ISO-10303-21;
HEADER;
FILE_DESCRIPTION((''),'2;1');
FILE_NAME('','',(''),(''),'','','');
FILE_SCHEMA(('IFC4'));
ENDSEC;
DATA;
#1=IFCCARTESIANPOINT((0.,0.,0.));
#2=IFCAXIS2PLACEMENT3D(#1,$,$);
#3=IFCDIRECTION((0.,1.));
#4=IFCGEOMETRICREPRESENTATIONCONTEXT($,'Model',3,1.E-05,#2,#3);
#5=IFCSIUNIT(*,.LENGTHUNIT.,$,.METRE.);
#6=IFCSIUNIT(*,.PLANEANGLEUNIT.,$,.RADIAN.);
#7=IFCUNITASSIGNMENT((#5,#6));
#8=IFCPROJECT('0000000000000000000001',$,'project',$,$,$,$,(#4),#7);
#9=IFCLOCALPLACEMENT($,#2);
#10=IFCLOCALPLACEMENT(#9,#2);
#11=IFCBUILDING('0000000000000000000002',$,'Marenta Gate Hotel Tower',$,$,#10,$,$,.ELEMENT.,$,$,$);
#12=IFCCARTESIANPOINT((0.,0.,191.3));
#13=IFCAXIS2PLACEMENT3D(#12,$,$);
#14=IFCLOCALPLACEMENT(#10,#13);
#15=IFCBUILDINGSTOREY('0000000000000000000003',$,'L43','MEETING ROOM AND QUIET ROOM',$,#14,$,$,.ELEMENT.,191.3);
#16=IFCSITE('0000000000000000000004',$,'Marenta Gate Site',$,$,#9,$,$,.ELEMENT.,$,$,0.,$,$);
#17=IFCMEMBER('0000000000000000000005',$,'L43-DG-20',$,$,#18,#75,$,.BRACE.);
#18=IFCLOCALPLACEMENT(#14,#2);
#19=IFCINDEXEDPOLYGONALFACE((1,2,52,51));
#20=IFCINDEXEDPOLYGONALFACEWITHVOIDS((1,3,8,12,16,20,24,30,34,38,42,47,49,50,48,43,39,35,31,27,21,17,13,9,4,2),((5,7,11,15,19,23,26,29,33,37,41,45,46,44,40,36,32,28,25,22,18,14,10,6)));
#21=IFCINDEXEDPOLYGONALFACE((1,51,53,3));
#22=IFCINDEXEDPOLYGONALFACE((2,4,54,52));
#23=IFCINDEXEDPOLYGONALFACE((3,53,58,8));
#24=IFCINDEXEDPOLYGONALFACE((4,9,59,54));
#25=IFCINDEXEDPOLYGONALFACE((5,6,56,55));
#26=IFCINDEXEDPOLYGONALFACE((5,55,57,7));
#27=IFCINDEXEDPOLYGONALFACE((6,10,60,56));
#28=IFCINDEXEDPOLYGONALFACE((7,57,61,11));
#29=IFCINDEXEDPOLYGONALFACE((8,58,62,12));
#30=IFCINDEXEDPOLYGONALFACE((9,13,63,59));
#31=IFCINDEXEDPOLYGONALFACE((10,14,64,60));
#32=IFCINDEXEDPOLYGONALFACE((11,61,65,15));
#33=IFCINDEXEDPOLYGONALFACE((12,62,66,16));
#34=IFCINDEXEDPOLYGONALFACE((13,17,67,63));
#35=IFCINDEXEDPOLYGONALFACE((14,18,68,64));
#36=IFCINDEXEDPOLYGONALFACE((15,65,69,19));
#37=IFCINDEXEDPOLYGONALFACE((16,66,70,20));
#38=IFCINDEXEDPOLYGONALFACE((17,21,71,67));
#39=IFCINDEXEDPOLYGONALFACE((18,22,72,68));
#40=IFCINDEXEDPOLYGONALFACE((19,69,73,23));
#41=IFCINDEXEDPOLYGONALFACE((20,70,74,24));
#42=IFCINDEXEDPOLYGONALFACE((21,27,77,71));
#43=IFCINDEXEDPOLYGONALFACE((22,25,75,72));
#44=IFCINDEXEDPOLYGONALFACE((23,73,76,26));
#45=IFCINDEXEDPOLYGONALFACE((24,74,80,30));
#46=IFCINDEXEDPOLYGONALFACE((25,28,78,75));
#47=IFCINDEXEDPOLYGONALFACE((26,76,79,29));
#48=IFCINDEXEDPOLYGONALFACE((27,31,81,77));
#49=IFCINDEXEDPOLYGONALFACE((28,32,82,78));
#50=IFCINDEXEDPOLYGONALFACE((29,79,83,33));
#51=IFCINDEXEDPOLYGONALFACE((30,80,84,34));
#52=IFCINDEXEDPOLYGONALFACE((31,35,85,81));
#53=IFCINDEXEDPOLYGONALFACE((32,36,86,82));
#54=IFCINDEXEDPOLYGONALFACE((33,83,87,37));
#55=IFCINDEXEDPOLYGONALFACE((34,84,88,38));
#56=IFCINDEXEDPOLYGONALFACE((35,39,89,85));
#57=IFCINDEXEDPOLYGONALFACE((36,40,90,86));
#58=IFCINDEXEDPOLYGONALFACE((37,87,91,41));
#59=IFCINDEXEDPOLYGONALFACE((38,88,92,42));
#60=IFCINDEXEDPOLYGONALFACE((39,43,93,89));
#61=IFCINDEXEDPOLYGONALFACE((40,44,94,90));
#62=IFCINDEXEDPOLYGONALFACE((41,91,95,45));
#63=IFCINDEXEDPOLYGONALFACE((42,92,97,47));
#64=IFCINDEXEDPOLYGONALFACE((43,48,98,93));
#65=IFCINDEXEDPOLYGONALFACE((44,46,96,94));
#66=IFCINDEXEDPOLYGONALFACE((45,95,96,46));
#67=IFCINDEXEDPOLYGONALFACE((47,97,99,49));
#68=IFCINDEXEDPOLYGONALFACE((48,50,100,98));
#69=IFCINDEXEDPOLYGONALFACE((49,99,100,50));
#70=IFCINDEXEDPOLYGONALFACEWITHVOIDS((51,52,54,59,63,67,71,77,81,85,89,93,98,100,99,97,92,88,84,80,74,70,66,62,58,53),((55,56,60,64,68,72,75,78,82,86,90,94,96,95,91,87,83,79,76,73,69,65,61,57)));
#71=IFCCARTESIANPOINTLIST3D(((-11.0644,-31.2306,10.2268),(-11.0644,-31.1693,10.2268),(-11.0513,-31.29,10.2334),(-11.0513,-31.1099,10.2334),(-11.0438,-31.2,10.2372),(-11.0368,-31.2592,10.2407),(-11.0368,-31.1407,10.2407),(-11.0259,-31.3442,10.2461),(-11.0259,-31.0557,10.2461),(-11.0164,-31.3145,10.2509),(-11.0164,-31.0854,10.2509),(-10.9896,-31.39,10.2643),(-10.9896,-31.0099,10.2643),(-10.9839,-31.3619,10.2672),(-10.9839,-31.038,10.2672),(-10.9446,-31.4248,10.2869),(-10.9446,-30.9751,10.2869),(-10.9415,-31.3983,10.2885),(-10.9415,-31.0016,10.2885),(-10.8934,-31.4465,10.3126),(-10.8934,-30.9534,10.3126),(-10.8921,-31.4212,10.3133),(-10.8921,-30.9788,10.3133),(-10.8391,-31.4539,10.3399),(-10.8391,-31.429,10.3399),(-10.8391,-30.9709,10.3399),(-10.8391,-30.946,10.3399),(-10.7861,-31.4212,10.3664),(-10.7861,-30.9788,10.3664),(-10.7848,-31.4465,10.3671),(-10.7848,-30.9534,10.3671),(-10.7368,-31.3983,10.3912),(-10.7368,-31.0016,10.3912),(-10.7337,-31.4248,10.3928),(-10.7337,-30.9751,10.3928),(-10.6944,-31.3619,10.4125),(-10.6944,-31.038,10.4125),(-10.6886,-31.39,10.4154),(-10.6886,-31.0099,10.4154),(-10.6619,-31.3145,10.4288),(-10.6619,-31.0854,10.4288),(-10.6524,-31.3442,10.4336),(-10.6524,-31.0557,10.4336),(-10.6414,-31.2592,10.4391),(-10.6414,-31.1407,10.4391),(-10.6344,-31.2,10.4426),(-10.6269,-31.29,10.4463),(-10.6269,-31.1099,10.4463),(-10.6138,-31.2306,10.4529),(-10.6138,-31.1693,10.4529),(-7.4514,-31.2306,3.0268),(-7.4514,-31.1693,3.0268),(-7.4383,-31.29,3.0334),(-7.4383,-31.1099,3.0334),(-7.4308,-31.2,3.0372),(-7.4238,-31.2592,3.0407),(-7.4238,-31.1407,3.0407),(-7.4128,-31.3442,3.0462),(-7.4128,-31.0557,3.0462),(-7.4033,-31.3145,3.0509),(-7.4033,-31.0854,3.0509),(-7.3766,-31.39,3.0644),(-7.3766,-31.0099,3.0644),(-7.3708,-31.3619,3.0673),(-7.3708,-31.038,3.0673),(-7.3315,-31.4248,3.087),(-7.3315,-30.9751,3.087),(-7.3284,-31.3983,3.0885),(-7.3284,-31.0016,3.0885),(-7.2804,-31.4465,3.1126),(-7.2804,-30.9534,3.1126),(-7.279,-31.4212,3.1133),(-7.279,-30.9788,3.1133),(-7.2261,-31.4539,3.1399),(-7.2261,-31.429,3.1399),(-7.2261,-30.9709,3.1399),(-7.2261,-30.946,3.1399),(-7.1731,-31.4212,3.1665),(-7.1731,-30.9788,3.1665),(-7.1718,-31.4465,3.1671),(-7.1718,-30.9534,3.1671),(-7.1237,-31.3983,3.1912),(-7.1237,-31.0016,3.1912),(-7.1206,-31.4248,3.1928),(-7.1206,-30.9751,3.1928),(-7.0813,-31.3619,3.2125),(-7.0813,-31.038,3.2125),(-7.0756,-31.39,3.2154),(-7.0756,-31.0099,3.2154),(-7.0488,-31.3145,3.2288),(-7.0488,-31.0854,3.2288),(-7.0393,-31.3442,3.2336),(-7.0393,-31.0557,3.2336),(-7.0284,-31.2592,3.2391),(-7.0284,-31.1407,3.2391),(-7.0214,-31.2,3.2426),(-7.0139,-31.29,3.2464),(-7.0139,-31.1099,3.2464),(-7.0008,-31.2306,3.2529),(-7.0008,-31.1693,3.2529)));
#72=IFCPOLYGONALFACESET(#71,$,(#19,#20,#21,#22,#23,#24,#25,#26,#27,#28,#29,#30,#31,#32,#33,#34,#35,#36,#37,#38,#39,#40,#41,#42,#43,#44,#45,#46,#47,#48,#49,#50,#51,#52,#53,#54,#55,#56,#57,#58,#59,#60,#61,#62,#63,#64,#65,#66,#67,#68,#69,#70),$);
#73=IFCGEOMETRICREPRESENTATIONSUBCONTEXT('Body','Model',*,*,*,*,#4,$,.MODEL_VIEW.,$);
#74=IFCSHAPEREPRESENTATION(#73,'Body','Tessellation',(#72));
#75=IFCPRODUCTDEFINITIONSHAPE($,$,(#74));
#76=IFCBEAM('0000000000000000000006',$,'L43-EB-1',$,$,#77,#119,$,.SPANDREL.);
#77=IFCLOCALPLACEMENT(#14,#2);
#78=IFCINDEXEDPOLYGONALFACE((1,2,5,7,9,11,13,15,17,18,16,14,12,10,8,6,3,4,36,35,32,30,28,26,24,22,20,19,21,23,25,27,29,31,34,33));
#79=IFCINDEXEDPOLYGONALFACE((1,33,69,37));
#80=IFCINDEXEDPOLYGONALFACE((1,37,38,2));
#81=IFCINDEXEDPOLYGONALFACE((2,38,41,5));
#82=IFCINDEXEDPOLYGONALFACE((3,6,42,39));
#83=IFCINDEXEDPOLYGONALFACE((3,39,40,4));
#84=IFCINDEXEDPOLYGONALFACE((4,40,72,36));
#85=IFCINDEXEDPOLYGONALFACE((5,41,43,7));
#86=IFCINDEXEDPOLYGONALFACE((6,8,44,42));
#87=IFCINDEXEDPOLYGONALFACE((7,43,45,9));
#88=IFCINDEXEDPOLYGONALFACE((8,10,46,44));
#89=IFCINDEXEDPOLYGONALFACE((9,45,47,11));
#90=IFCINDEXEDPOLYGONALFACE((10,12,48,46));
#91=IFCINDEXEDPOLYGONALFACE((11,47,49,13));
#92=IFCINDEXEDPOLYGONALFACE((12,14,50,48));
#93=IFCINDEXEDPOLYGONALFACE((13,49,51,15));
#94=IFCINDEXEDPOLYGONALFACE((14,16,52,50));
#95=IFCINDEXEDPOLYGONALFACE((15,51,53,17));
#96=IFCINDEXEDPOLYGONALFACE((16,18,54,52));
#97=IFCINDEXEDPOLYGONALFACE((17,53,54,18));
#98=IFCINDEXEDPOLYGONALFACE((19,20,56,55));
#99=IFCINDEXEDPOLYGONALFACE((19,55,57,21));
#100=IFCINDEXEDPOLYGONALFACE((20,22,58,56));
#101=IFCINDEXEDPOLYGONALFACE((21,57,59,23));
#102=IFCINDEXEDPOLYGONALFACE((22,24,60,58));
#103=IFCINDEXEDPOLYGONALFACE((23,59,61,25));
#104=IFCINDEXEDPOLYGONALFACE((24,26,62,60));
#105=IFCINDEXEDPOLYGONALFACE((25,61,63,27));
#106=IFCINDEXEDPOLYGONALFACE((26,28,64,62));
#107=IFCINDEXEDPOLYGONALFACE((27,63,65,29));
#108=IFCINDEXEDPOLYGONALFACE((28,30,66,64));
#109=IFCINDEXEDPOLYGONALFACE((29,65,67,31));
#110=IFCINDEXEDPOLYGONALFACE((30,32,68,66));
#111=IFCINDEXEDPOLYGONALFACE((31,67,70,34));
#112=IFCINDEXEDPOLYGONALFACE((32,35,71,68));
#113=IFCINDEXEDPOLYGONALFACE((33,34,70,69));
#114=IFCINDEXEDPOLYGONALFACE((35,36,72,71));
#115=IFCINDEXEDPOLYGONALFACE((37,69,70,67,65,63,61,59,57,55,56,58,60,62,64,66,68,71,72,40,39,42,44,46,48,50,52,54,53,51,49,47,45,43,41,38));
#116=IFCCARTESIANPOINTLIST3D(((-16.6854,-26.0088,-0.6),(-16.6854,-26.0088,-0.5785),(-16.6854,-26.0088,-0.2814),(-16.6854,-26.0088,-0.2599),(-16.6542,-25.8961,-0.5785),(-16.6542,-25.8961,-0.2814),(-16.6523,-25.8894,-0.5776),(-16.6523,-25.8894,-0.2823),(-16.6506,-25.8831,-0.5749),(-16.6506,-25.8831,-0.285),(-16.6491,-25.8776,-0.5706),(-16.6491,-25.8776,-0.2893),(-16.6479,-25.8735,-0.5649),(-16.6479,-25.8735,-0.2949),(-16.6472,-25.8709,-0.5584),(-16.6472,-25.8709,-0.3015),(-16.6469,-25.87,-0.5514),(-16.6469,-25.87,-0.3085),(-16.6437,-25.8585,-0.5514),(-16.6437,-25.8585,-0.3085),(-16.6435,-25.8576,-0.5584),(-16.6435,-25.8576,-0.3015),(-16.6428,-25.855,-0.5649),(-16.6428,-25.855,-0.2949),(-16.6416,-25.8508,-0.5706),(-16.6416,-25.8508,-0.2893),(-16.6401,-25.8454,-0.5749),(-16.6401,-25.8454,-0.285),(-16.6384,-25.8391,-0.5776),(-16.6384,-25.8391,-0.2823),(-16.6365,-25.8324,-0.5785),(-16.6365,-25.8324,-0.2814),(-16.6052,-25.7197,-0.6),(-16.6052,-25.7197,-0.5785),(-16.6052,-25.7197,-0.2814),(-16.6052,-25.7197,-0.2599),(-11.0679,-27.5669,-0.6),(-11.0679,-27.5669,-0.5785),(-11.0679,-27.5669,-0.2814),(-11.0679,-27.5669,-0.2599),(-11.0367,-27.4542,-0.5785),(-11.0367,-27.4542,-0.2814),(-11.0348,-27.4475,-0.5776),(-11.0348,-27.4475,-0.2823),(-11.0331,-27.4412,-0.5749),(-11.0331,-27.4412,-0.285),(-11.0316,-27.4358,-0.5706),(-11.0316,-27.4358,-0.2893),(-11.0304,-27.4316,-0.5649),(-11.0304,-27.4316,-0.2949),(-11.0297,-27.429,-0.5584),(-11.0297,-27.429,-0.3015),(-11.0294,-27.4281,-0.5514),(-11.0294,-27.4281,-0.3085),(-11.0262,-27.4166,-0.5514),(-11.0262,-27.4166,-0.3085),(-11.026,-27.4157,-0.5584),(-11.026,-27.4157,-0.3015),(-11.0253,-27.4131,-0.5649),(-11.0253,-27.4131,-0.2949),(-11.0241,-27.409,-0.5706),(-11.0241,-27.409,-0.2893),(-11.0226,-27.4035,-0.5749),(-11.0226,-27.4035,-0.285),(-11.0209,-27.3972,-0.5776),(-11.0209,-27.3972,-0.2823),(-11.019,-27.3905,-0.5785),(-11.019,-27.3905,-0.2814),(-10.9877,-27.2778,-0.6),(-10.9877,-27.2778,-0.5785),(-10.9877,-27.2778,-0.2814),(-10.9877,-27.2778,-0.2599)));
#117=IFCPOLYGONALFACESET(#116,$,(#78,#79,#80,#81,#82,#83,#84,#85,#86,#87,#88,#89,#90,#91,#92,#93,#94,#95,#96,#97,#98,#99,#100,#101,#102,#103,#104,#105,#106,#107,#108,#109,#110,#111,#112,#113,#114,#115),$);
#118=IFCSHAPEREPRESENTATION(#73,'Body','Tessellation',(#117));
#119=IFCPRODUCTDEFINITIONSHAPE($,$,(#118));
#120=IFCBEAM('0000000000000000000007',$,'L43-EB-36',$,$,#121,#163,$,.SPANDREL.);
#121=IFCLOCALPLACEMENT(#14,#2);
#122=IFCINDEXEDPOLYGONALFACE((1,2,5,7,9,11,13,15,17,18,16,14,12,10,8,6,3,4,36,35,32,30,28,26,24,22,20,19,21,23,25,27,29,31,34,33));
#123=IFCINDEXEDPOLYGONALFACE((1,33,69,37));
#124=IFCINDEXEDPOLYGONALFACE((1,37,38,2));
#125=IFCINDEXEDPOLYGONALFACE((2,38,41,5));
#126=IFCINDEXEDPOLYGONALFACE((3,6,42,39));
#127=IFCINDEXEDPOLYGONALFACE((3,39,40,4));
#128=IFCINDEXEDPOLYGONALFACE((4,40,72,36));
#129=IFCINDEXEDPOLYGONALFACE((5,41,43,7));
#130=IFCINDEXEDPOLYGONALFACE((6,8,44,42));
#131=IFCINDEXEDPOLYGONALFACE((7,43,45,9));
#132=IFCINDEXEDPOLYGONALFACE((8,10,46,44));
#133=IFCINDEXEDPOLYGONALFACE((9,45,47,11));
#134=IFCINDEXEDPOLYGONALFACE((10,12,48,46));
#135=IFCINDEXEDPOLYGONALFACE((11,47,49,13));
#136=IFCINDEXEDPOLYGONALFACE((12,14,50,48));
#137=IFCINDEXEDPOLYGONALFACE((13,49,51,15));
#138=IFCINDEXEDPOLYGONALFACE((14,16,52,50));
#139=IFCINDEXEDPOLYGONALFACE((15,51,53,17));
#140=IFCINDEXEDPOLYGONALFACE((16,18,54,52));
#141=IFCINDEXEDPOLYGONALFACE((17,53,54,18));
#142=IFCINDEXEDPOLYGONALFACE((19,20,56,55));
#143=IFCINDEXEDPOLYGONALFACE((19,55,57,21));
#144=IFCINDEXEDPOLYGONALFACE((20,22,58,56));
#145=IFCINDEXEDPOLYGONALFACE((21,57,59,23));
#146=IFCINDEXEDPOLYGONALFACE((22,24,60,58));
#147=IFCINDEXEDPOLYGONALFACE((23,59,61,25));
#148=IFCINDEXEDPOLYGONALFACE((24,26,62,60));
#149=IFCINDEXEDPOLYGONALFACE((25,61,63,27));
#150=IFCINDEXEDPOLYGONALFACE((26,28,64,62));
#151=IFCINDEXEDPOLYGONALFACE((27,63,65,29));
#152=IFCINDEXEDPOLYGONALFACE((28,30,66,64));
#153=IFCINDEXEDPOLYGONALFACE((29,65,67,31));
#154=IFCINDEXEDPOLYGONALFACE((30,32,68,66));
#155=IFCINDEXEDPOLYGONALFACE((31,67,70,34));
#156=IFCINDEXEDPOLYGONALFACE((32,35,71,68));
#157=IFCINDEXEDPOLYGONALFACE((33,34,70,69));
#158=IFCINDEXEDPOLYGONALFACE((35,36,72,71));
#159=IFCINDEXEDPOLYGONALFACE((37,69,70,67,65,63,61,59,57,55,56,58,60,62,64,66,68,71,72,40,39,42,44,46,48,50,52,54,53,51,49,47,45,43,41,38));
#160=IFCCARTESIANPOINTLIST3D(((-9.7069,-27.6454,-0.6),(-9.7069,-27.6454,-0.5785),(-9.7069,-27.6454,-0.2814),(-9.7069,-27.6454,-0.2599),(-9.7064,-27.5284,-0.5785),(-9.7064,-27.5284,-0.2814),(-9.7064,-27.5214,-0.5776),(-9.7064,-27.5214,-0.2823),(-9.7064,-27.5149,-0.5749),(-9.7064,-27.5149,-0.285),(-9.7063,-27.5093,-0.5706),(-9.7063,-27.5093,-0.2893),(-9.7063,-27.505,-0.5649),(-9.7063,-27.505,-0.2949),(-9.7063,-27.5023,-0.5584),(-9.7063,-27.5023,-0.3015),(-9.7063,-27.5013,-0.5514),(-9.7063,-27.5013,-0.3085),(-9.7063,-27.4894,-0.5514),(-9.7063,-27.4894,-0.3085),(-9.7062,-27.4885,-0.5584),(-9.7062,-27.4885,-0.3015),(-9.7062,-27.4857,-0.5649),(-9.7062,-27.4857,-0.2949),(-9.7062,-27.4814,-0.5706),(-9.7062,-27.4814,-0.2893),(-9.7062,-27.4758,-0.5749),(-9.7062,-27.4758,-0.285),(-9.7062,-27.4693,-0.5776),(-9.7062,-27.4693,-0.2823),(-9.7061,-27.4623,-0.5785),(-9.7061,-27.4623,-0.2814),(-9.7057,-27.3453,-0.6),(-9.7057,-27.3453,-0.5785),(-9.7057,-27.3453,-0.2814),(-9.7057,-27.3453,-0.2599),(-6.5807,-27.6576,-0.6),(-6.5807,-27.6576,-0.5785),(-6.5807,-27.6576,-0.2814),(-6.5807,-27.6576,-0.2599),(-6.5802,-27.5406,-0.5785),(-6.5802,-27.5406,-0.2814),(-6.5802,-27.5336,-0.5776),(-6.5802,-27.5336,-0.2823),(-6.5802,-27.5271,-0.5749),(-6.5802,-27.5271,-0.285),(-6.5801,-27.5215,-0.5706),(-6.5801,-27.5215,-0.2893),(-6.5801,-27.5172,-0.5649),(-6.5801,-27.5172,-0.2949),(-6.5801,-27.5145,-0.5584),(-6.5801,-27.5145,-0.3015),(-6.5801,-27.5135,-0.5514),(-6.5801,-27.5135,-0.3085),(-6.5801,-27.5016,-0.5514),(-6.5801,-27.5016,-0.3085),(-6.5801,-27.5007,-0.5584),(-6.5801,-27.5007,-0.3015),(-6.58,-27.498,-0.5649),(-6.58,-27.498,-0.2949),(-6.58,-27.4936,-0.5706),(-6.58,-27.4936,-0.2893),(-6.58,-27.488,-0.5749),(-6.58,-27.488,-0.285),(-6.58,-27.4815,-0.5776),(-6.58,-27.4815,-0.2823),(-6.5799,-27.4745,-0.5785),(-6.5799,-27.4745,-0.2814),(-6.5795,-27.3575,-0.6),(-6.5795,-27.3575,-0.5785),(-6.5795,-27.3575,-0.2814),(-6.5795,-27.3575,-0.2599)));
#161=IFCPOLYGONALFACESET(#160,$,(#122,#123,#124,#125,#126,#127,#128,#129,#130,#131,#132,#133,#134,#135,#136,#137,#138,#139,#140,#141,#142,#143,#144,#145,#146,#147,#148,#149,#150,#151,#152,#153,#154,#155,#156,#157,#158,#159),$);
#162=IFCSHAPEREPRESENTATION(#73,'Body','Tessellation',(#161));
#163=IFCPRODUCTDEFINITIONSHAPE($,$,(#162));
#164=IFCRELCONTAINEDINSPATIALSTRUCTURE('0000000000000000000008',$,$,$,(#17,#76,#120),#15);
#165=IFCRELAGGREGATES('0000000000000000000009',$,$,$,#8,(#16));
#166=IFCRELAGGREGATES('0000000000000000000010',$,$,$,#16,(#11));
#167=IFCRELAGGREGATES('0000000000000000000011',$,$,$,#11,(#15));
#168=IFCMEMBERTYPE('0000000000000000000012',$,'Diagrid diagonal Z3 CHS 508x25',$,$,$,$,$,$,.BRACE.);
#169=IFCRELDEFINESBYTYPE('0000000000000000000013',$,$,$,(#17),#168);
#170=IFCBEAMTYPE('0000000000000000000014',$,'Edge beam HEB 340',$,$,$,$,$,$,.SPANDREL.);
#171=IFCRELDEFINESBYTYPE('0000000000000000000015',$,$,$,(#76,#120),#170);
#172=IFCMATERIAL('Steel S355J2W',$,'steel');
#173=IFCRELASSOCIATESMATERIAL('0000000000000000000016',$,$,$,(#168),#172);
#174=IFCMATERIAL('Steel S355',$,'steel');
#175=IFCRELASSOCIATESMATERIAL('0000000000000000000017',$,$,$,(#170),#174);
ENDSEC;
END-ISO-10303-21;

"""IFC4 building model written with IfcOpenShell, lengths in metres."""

from ifc_helpers import new_model, si_unit, direction, frame, origin, origin_2d, place, context, subcontext, project, spatial, hollow_circle, i_section, extrude, material, material_profile, profile_set, type_object, element, save


model = new_model("IFC4")

# Units and contexts
model_context = context("Model", 3, precision=1e-05, world=origin(), true_north=direction((0.0, 1.0)))
body_context = subcontext(model_context, "Body", "Model", "MODEL_VIEW")
ifc_project = project(units=[si_unit("LENGTHUNIT", "METRE"), si_unit("PLANEANGLEUNIT", "RADIAN")], contexts=[model_context])

# Site, building, storey
site_placement = place(None, origin())
site = spatial("IfcSite", under=ifc_project, at=site_placement, Name="Marenta Gate Site", CompositionType="ELEMENT", RefElevation=0.0)
building_placement = place(site_placement, origin())
building = spatial("IfcBuilding", under=site, at=building_placement, Name="Marenta Gate Hotel Tower", CompositionType="ELEMENT")
storey_placement = place(building_placement, frame((0.0, 0.0, 191.3)))
storey = spatial("IfcBuildingStorey", under=building, at=storey_placement, Name="L43", Description="MEETING ROOM AND QUIET ROOM", CompositionType="ELEMENT", Elevation=191.3)

# Member
ifc_material_1 = material(Name="Steel S355J2W", Category="steel")
ifc_material_profile_1 = material_profile(ifc_material_1, hollow_circle(Radius=0.2539, WallThickness=0.0249, at=origin_2d()), Name="CHS 508x25")
ifc_profile_set_1 = profile_set([ifc_material_profile_1], Name="Steel S355J2W")
member_type_1 = type_object("IfcMemberType", Name="Diagrid diagonal Z3 CHS 508x25", PredefinedType="BRACE", material=ifc_profile_set_1)
for number, where, z_axis, x_axis, name in (
    (1, (-7.2261, -31.2, 3.1399), (-0.44851, 0.0, 0.893778), (0.0, -1.0, 0.0), "L43-DG-20"),
):
    element("IfcMember", number, at=place(storey_placement, frame(where, z_axis=z_axis, x_axis=x_axis)), inside=storey, type_object=member_type_1, Name=name, PredefinedType="BRACE", context=body_context, shape_type="SweptSolid", body=[
        extrude(hollow_circle(Radius=0.2539, WallThickness=0.0249, at=origin_2d()), origin(), (0.0, 0.0, 1.0), 8.0557),
    ])

# Beams
ifc_material_2 = material(Name="Steel S355", Category="steel")
ifc_material_profile_2 = material_profile(ifc_material_2, i_section(OverallWidth=0.3, OverallDepth=0.3401, WebThickness=0.012, FlangeThickness=0.0215, FilletRadius=0.0271, at=origin_2d()), Name="HEB 340")
ifc_profile_set_2 = profile_set([ifc_material_profile_2], Name="Steel S355")
beam_type = type_object("IfcBeamType", Name="Edge beam HEB 340", PredefinedType="SPANDREL", material=ifc_profile_set_2)
beam_1_placement = place(storey_placement, frame((-11.0278, -27.4224, -0.4299), z_axis=(-0.963619, 0.267279, 0.0), x_axis=(-0.267279, -0.963619, 0.0)))
element("IfcBeam", 2, at=beam_1_placement, inside=storey, type_object=beam_type, Name="L43-EB-1", PredefinedType="SPANDREL", context=body_context, shape_type="SweptSolid", body=[
    extrude(i_section(OverallWidth=0.3, OverallDepth=0.3401, WebThickness=0.012, FlangeThickness=0.0215, FilletRadius=0.0271, at=origin_2d()), origin(), (0.0, 0.0, 1.0), 5.8296),
])
beam_2_placement = place(storey_placement, frame((-6.5801, -27.5076, -0.4299), z_axis=(-0.999992, 0.003905, 0.0), x_axis=(-0.003905, -0.999992, 0.0)))
element("IfcBeam", 3, at=beam_2_placement, inside=storey, type_object=beam_type, Name="L43-EB-36", PredefinedType="SPANDREL", context=body_context, shape_type="SweptSolid", body=[
    extrude(i_section(OverallWidth=0.3, OverallDepth=0.3401, WebThickness=0.012, FlangeThickness=0.0215, FilletRadius=0.0271, at=origin_2d()), origin(), (0.0, 0.0, 1.0), 3.1262),
])

save(model, "model.ifc")
